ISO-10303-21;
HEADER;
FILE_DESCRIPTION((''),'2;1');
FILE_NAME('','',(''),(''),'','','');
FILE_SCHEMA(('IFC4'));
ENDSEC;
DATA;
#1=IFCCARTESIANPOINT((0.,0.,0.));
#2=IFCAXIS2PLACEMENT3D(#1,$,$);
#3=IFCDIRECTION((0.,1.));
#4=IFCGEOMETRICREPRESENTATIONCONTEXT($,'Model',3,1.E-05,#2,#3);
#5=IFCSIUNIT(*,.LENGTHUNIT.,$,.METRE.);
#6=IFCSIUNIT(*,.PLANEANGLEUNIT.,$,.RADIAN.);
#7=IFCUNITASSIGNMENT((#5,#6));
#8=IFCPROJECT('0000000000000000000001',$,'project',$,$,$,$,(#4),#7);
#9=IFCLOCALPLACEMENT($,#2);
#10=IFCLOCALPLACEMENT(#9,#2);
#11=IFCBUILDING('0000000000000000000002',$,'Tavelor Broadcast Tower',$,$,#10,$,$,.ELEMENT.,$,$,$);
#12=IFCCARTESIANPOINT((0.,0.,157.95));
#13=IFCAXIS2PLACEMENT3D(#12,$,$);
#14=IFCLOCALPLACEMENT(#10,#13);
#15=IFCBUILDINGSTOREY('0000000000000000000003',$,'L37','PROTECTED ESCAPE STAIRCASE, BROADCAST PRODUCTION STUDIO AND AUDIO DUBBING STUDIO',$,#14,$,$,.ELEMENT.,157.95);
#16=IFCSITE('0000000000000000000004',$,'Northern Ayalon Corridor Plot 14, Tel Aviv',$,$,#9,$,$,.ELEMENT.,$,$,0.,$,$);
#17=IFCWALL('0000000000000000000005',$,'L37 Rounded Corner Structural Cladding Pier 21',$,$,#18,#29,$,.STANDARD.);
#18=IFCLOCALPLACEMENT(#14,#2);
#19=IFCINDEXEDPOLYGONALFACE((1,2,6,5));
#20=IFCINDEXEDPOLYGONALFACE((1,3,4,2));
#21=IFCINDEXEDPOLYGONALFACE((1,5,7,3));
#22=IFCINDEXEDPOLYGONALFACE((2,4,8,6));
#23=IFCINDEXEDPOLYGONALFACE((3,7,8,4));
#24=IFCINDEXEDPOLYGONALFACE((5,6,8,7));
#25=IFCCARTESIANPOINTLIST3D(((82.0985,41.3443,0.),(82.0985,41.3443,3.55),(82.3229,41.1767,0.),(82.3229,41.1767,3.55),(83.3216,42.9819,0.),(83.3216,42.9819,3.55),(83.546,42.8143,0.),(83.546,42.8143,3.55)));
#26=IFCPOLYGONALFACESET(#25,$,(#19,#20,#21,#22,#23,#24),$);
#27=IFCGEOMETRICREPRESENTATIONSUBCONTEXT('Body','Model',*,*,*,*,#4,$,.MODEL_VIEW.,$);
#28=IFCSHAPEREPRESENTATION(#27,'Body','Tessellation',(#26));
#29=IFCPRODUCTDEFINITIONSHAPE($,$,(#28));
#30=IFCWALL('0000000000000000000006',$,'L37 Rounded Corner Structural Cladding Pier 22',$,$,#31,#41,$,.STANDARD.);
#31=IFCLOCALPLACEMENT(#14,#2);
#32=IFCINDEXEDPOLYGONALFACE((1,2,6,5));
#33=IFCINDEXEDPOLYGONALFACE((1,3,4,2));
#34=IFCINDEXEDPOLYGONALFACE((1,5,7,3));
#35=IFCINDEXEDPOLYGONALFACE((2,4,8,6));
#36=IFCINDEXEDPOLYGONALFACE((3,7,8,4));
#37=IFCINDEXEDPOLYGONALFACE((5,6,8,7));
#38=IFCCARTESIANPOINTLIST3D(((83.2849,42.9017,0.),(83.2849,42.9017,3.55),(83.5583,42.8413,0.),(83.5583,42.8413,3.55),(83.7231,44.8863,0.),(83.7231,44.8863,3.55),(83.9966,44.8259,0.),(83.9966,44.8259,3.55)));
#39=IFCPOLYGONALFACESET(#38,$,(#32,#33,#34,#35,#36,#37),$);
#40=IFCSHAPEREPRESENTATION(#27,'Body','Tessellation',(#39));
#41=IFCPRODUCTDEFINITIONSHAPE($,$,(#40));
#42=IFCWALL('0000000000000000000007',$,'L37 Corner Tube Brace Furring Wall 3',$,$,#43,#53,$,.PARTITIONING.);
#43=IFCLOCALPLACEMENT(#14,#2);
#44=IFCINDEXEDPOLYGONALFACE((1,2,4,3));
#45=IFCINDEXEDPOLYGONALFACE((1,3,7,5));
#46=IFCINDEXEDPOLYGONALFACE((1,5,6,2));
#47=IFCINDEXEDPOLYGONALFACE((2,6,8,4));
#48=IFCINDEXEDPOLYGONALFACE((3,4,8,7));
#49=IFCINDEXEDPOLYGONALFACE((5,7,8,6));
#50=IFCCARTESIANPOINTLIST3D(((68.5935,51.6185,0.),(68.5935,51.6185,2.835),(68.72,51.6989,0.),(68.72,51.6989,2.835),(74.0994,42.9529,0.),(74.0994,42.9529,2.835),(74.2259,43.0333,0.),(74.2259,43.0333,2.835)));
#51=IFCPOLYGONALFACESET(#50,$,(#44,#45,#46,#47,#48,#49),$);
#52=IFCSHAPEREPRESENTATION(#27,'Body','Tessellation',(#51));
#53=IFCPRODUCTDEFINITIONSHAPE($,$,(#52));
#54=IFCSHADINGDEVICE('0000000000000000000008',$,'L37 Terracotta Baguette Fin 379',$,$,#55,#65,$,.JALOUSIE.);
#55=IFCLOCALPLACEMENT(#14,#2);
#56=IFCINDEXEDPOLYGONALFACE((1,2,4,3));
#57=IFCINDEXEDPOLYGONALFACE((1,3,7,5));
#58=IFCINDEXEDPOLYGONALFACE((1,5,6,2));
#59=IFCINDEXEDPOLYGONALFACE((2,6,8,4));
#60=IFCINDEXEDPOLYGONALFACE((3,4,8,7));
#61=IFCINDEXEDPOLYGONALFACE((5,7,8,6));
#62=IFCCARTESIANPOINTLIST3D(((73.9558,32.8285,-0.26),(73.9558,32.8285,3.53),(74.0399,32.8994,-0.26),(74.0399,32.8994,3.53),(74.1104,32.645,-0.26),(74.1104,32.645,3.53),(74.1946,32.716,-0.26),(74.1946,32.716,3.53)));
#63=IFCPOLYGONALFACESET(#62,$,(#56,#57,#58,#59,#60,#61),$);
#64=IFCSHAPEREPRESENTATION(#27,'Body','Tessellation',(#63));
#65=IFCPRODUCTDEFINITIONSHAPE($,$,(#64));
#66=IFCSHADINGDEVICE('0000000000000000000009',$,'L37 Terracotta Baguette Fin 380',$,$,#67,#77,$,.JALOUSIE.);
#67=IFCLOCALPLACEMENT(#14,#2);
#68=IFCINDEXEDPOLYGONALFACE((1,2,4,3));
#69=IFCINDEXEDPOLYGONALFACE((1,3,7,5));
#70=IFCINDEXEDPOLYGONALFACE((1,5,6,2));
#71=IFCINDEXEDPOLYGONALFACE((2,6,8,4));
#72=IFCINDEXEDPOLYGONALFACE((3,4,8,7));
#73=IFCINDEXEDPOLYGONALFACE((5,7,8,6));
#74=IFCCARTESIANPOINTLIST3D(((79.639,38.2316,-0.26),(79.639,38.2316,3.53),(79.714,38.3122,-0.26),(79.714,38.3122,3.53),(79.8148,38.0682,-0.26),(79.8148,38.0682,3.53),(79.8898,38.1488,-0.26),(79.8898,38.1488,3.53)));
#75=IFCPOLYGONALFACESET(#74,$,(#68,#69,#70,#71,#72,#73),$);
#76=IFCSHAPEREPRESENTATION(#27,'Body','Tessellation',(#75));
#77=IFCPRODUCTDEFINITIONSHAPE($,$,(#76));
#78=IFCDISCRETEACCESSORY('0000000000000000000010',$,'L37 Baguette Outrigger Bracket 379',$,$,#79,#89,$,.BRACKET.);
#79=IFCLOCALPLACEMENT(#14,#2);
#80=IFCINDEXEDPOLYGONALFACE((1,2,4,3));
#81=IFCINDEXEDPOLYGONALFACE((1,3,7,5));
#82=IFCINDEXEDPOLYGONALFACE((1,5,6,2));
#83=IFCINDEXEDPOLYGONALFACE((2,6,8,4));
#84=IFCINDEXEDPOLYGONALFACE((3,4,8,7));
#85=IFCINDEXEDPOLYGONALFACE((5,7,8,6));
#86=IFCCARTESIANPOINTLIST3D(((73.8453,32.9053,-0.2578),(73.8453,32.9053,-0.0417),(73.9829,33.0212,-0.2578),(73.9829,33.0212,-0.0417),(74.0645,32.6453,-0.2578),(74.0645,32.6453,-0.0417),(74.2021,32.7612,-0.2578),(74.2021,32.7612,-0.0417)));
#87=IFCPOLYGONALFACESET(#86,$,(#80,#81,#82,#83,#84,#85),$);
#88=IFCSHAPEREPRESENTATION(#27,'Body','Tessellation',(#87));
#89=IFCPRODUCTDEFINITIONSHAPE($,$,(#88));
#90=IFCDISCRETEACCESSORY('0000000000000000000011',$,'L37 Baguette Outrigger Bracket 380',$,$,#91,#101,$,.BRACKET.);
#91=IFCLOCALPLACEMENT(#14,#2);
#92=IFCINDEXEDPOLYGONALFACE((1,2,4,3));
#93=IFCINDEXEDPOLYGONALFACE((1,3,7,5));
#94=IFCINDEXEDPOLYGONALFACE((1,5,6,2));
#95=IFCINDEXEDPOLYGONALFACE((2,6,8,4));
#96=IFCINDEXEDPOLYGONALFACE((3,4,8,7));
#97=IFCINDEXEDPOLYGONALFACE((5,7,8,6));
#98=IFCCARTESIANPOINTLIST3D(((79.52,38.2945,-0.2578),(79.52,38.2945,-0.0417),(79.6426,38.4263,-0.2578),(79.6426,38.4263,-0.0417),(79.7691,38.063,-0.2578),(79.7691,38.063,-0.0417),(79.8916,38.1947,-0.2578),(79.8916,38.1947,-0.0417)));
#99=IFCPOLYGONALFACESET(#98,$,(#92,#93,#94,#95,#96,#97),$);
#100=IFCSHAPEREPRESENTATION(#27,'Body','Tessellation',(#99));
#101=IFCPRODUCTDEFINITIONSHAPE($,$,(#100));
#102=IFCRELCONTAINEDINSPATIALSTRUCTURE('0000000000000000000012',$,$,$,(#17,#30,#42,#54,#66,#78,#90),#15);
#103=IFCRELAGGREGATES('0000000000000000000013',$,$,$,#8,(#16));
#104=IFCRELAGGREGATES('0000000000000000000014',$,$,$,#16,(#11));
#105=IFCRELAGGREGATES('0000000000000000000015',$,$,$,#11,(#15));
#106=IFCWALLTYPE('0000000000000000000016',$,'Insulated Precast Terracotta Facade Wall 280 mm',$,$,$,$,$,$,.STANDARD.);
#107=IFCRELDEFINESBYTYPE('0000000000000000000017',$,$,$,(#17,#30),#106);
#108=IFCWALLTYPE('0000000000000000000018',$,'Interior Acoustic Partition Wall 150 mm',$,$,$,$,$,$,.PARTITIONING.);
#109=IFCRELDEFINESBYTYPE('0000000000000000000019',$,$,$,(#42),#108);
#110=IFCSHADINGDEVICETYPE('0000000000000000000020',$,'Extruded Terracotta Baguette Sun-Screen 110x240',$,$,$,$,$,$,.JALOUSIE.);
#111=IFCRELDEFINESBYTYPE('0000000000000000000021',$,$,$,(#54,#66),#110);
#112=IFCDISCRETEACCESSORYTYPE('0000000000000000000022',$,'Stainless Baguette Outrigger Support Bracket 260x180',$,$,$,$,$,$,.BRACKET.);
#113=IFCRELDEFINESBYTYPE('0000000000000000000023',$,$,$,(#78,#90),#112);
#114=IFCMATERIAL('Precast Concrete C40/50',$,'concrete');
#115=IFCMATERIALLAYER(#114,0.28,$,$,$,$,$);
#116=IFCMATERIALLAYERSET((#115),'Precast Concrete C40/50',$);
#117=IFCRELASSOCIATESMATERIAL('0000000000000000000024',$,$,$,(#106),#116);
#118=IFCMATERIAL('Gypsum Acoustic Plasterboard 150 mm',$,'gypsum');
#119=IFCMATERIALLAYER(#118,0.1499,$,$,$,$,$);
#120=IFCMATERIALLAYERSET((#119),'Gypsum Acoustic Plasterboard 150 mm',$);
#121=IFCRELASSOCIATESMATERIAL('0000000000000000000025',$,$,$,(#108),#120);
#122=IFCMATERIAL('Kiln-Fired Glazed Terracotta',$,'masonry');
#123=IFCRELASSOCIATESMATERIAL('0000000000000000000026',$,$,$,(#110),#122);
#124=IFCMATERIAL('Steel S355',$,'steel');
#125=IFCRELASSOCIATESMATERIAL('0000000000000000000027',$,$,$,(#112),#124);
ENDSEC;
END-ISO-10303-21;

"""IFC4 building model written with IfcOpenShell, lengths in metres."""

from ifc_helpers import new_model, si_unit, direction, frame, frame_2d, origin, origin_2d, place, context, subcontext, project, spatial, rectangle, extrude, source, transform, mapped, material, layer, layer_set, type_object, type_shapes, element, save


model = new_model("IFC4")

# Units and contexts
model_context = context("Model", 3, precision=1e-05, world=origin(), true_north=direction((0.0, 1.0)))
body_context = subcontext(model_context, "Body", "Model", "MODEL_VIEW")
ifc_project = project(units=[si_unit("LENGTHUNIT", "METRE"), si_unit("PLANEANGLEUNIT", "RADIAN")], contexts=[model_context])

# Site, building, storey
site_placement = place(None, origin())
site = spatial("IfcSite", under=ifc_project, at=site_placement, Name="Northern Ayalon Corridor Plot 14, Tel Aviv", CompositionType="ELEMENT", RefElevation=0.0)
building_placement = place(site_placement, origin())
building = spatial("IfcBuilding", under=site, at=building_placement, Name="Tavelor Broadcast Tower", CompositionType="ELEMENT")
storey_placement = place(building_placement, frame((0.0, 0.0, 157.95)))
storey = spatial("IfcBuildingStorey", under=building, at=storey_placement, Name="L37", Description="PROTECTED ESCAPE STAIRCASE, BROADCAST PRODUCTION STUDIO AND AUDIO DUBBING STUDIO", CompositionType="ELEMENT", Elevation=157.95)

# Shared definitions
ifc_material_1 = material(Name="Steel S355", Category="steel")

# Walls
ifc_material_2 = material(Name="Precast Concrete C40/50", Category="concrete")
ifc_layer_1 = layer(ifc_material_2, 0.28)
ifc_layer_set_1 = layer_set([ifc_layer_1], Name="Precast Concrete C40/50")
wall_type_1 = type_object("IfcWallType", Name="Insulated Precast Terracotta Facade Wall 280 mm", PredefinedType="STANDARD", material=ifc_layer_set_1)
wall_1_placement = place(storey_placement, frame((82.2107, 41.2605, 0.0), z_axis=(0.0, 0.0, 1.0), x_axis=(0.598394, 0.801202, 0.0)))
element("IfcWall", 1, at=wall_1_placement, inside=storey, type_object=wall_type_1, Name="L37 Rounded Corner Structural Cladding Pier 21", PredefinedType="STANDARD", context=body_context, shape_type="SweptSolid", body=[
    extrude(rectangle(XDim=2.0439, YDim=0.28, at=frame_2d((1.022, 0.0))), origin(), (0.0, 0.0, 1.0), 3.55),
])
wall_2_placement = place(storey_placement, frame((83.4216, 42.8716, 0.0), z_axis=(0.0, 0.0, 1.0), x_axis=(0.21562, 0.976477, 0.0)))
element("IfcWall", 2, at=wall_2_placement, inside=storey, type_object=wall_type_1, Name="L37 Rounded Corner Structural Cladding Pier 22", PredefinedType="STANDARD", context=body_context, shape_type="SweptSolid", body=[
    extrude(rectangle(XDim=2.0325, YDim=0.28, at=frame_2d((1.0161, 0.0))), origin(), (0.0, 0.0, 1.0), 3.55),
])
ifc_material_3 = material(Name="Gypsum Acoustic Plasterboard 150 mm", Category="gypsum")
ifc_layer_2 = layer(ifc_material_3, 0.1499)
ifc_layer_set_2 = layer_set([ifc_layer_2], Name="Gypsum Acoustic Plasterboard 150 mm")
wall_type_2 = type_object("IfcWallType", Name="Interior Acoustic Partition Wall 150 mm", PredefinedType="PARTITIONING", material=ifc_layer_set_2)
wall_3_placement = place(storey_placement, frame((74.1626, 42.9932, 0.0), z_axis=(0.0, 0.0, 1.0), x_axis=(-0.536281, 0.844039, 0.0)))
element("IfcWall", 3, at=wall_3_placement, inside=storey, type_object=wall_type_2, Name="L37 Corner Tube Brace Furring Wall 3", PredefinedType="PARTITIONING", context=body_context, shape_type="SweptSolid", body=[
    extrude(rectangle(XDim=10.2668, YDim=0.1499, at=frame_2d((5.1333, 0.0))), origin(), (0.0, 0.0, 1.0), 2.835),
])

# Shading devices
ifc_material_4 = material(Name="Kiln-Fired Glazed Terracotta", Category="masonry")
shading_device_type = type_object("IfcShadingDeviceType", Name="Extruded Terracotta Baguette Sun-Screen 110x240", PredefinedType="JALOUSIE", material=ifc_material_4)
shared_shape_1 = source(origin(), body_context, "Body", "SweptSolid", [
    extrude(rectangle(XDim=0.1101, YDim=0.24, at=origin_2d()), origin(), (0.0, 0.0, 1.0), 3.79),
])
type_shapes(shading_device_type, [shared_shape_1])
for number, where, z_axis, x_axis, name in (
    (4, (74.0752, 32.7722, -0.26), (0.0, 0.0, 1.0), (0.764584, 0.644524, 0.0), "L37 Terracotta Baguette Fin 379"),
    (5, (79.7644, 38.1902, -0.26), (0.0, 0.0, 1.0), (0.680977, 0.732305, 0.0), "L37 Terracotta Baguette Fin 380"),
):
    element("IfcShadingDevice", number, at=place(storey_placement, frame(where, z_axis=z_axis, x_axis=x_axis)), inside=storey, type_object=shading_device_type, Name=name, PredefinedType="JALOUSIE", context=body_context, shape_type="MappedRepresentation", body=[
        mapped(shared_shape_1, transform((0.0, 0.0, 0.0), scale=1.0)),
    ])

# Discrete accessories
discrete_accessory_type = type_object("IfcDiscreteAccessoryType", Name="Stainless Baguette Outrigger Support Bracket 260x180", PredefinedType="BRACKET", material=ifc_material_1)
shared_shape_2 = source(origin(), body_context, "Body", "SweptSolid", [
    extrude(rectangle(XDim=0.1799, YDim=0.3401, at=origin_2d()), origin(), (0.0, 0.0, 1.0), 0.2161),
])
type_shapes(discrete_accessory_type, [shared_shape_2])
for number, where, z_axis, x_axis, name in (
    (6, (74.0237, 32.8333, -0.2578), (0.0, 0.0, 1.0), (0.764584, 0.644524, 0.0), "L37 Baguette Outrigger Bracket 379"),
    (7, (79.7058, 38.2446, -0.2578), (0.0, 0.0, 1.0), (0.680977, 0.732305, 0.0), "L37 Baguette Outrigger Bracket 380"),
):
    element("IfcDiscreteAccessory", number, at=place(storey_placement, frame(where, z_axis=z_axis, x_axis=x_axis)), inside=storey, type_object=discrete_accessory_type, Name=name, PredefinedType="BRACKET", context=body_context, shape_type="MappedRepresentation", body=[
        mapped(shared_shape_2, transform((0.0, 0.0, 0.0), scale=1.0)),
    ])

save(model, "model.ifc")
